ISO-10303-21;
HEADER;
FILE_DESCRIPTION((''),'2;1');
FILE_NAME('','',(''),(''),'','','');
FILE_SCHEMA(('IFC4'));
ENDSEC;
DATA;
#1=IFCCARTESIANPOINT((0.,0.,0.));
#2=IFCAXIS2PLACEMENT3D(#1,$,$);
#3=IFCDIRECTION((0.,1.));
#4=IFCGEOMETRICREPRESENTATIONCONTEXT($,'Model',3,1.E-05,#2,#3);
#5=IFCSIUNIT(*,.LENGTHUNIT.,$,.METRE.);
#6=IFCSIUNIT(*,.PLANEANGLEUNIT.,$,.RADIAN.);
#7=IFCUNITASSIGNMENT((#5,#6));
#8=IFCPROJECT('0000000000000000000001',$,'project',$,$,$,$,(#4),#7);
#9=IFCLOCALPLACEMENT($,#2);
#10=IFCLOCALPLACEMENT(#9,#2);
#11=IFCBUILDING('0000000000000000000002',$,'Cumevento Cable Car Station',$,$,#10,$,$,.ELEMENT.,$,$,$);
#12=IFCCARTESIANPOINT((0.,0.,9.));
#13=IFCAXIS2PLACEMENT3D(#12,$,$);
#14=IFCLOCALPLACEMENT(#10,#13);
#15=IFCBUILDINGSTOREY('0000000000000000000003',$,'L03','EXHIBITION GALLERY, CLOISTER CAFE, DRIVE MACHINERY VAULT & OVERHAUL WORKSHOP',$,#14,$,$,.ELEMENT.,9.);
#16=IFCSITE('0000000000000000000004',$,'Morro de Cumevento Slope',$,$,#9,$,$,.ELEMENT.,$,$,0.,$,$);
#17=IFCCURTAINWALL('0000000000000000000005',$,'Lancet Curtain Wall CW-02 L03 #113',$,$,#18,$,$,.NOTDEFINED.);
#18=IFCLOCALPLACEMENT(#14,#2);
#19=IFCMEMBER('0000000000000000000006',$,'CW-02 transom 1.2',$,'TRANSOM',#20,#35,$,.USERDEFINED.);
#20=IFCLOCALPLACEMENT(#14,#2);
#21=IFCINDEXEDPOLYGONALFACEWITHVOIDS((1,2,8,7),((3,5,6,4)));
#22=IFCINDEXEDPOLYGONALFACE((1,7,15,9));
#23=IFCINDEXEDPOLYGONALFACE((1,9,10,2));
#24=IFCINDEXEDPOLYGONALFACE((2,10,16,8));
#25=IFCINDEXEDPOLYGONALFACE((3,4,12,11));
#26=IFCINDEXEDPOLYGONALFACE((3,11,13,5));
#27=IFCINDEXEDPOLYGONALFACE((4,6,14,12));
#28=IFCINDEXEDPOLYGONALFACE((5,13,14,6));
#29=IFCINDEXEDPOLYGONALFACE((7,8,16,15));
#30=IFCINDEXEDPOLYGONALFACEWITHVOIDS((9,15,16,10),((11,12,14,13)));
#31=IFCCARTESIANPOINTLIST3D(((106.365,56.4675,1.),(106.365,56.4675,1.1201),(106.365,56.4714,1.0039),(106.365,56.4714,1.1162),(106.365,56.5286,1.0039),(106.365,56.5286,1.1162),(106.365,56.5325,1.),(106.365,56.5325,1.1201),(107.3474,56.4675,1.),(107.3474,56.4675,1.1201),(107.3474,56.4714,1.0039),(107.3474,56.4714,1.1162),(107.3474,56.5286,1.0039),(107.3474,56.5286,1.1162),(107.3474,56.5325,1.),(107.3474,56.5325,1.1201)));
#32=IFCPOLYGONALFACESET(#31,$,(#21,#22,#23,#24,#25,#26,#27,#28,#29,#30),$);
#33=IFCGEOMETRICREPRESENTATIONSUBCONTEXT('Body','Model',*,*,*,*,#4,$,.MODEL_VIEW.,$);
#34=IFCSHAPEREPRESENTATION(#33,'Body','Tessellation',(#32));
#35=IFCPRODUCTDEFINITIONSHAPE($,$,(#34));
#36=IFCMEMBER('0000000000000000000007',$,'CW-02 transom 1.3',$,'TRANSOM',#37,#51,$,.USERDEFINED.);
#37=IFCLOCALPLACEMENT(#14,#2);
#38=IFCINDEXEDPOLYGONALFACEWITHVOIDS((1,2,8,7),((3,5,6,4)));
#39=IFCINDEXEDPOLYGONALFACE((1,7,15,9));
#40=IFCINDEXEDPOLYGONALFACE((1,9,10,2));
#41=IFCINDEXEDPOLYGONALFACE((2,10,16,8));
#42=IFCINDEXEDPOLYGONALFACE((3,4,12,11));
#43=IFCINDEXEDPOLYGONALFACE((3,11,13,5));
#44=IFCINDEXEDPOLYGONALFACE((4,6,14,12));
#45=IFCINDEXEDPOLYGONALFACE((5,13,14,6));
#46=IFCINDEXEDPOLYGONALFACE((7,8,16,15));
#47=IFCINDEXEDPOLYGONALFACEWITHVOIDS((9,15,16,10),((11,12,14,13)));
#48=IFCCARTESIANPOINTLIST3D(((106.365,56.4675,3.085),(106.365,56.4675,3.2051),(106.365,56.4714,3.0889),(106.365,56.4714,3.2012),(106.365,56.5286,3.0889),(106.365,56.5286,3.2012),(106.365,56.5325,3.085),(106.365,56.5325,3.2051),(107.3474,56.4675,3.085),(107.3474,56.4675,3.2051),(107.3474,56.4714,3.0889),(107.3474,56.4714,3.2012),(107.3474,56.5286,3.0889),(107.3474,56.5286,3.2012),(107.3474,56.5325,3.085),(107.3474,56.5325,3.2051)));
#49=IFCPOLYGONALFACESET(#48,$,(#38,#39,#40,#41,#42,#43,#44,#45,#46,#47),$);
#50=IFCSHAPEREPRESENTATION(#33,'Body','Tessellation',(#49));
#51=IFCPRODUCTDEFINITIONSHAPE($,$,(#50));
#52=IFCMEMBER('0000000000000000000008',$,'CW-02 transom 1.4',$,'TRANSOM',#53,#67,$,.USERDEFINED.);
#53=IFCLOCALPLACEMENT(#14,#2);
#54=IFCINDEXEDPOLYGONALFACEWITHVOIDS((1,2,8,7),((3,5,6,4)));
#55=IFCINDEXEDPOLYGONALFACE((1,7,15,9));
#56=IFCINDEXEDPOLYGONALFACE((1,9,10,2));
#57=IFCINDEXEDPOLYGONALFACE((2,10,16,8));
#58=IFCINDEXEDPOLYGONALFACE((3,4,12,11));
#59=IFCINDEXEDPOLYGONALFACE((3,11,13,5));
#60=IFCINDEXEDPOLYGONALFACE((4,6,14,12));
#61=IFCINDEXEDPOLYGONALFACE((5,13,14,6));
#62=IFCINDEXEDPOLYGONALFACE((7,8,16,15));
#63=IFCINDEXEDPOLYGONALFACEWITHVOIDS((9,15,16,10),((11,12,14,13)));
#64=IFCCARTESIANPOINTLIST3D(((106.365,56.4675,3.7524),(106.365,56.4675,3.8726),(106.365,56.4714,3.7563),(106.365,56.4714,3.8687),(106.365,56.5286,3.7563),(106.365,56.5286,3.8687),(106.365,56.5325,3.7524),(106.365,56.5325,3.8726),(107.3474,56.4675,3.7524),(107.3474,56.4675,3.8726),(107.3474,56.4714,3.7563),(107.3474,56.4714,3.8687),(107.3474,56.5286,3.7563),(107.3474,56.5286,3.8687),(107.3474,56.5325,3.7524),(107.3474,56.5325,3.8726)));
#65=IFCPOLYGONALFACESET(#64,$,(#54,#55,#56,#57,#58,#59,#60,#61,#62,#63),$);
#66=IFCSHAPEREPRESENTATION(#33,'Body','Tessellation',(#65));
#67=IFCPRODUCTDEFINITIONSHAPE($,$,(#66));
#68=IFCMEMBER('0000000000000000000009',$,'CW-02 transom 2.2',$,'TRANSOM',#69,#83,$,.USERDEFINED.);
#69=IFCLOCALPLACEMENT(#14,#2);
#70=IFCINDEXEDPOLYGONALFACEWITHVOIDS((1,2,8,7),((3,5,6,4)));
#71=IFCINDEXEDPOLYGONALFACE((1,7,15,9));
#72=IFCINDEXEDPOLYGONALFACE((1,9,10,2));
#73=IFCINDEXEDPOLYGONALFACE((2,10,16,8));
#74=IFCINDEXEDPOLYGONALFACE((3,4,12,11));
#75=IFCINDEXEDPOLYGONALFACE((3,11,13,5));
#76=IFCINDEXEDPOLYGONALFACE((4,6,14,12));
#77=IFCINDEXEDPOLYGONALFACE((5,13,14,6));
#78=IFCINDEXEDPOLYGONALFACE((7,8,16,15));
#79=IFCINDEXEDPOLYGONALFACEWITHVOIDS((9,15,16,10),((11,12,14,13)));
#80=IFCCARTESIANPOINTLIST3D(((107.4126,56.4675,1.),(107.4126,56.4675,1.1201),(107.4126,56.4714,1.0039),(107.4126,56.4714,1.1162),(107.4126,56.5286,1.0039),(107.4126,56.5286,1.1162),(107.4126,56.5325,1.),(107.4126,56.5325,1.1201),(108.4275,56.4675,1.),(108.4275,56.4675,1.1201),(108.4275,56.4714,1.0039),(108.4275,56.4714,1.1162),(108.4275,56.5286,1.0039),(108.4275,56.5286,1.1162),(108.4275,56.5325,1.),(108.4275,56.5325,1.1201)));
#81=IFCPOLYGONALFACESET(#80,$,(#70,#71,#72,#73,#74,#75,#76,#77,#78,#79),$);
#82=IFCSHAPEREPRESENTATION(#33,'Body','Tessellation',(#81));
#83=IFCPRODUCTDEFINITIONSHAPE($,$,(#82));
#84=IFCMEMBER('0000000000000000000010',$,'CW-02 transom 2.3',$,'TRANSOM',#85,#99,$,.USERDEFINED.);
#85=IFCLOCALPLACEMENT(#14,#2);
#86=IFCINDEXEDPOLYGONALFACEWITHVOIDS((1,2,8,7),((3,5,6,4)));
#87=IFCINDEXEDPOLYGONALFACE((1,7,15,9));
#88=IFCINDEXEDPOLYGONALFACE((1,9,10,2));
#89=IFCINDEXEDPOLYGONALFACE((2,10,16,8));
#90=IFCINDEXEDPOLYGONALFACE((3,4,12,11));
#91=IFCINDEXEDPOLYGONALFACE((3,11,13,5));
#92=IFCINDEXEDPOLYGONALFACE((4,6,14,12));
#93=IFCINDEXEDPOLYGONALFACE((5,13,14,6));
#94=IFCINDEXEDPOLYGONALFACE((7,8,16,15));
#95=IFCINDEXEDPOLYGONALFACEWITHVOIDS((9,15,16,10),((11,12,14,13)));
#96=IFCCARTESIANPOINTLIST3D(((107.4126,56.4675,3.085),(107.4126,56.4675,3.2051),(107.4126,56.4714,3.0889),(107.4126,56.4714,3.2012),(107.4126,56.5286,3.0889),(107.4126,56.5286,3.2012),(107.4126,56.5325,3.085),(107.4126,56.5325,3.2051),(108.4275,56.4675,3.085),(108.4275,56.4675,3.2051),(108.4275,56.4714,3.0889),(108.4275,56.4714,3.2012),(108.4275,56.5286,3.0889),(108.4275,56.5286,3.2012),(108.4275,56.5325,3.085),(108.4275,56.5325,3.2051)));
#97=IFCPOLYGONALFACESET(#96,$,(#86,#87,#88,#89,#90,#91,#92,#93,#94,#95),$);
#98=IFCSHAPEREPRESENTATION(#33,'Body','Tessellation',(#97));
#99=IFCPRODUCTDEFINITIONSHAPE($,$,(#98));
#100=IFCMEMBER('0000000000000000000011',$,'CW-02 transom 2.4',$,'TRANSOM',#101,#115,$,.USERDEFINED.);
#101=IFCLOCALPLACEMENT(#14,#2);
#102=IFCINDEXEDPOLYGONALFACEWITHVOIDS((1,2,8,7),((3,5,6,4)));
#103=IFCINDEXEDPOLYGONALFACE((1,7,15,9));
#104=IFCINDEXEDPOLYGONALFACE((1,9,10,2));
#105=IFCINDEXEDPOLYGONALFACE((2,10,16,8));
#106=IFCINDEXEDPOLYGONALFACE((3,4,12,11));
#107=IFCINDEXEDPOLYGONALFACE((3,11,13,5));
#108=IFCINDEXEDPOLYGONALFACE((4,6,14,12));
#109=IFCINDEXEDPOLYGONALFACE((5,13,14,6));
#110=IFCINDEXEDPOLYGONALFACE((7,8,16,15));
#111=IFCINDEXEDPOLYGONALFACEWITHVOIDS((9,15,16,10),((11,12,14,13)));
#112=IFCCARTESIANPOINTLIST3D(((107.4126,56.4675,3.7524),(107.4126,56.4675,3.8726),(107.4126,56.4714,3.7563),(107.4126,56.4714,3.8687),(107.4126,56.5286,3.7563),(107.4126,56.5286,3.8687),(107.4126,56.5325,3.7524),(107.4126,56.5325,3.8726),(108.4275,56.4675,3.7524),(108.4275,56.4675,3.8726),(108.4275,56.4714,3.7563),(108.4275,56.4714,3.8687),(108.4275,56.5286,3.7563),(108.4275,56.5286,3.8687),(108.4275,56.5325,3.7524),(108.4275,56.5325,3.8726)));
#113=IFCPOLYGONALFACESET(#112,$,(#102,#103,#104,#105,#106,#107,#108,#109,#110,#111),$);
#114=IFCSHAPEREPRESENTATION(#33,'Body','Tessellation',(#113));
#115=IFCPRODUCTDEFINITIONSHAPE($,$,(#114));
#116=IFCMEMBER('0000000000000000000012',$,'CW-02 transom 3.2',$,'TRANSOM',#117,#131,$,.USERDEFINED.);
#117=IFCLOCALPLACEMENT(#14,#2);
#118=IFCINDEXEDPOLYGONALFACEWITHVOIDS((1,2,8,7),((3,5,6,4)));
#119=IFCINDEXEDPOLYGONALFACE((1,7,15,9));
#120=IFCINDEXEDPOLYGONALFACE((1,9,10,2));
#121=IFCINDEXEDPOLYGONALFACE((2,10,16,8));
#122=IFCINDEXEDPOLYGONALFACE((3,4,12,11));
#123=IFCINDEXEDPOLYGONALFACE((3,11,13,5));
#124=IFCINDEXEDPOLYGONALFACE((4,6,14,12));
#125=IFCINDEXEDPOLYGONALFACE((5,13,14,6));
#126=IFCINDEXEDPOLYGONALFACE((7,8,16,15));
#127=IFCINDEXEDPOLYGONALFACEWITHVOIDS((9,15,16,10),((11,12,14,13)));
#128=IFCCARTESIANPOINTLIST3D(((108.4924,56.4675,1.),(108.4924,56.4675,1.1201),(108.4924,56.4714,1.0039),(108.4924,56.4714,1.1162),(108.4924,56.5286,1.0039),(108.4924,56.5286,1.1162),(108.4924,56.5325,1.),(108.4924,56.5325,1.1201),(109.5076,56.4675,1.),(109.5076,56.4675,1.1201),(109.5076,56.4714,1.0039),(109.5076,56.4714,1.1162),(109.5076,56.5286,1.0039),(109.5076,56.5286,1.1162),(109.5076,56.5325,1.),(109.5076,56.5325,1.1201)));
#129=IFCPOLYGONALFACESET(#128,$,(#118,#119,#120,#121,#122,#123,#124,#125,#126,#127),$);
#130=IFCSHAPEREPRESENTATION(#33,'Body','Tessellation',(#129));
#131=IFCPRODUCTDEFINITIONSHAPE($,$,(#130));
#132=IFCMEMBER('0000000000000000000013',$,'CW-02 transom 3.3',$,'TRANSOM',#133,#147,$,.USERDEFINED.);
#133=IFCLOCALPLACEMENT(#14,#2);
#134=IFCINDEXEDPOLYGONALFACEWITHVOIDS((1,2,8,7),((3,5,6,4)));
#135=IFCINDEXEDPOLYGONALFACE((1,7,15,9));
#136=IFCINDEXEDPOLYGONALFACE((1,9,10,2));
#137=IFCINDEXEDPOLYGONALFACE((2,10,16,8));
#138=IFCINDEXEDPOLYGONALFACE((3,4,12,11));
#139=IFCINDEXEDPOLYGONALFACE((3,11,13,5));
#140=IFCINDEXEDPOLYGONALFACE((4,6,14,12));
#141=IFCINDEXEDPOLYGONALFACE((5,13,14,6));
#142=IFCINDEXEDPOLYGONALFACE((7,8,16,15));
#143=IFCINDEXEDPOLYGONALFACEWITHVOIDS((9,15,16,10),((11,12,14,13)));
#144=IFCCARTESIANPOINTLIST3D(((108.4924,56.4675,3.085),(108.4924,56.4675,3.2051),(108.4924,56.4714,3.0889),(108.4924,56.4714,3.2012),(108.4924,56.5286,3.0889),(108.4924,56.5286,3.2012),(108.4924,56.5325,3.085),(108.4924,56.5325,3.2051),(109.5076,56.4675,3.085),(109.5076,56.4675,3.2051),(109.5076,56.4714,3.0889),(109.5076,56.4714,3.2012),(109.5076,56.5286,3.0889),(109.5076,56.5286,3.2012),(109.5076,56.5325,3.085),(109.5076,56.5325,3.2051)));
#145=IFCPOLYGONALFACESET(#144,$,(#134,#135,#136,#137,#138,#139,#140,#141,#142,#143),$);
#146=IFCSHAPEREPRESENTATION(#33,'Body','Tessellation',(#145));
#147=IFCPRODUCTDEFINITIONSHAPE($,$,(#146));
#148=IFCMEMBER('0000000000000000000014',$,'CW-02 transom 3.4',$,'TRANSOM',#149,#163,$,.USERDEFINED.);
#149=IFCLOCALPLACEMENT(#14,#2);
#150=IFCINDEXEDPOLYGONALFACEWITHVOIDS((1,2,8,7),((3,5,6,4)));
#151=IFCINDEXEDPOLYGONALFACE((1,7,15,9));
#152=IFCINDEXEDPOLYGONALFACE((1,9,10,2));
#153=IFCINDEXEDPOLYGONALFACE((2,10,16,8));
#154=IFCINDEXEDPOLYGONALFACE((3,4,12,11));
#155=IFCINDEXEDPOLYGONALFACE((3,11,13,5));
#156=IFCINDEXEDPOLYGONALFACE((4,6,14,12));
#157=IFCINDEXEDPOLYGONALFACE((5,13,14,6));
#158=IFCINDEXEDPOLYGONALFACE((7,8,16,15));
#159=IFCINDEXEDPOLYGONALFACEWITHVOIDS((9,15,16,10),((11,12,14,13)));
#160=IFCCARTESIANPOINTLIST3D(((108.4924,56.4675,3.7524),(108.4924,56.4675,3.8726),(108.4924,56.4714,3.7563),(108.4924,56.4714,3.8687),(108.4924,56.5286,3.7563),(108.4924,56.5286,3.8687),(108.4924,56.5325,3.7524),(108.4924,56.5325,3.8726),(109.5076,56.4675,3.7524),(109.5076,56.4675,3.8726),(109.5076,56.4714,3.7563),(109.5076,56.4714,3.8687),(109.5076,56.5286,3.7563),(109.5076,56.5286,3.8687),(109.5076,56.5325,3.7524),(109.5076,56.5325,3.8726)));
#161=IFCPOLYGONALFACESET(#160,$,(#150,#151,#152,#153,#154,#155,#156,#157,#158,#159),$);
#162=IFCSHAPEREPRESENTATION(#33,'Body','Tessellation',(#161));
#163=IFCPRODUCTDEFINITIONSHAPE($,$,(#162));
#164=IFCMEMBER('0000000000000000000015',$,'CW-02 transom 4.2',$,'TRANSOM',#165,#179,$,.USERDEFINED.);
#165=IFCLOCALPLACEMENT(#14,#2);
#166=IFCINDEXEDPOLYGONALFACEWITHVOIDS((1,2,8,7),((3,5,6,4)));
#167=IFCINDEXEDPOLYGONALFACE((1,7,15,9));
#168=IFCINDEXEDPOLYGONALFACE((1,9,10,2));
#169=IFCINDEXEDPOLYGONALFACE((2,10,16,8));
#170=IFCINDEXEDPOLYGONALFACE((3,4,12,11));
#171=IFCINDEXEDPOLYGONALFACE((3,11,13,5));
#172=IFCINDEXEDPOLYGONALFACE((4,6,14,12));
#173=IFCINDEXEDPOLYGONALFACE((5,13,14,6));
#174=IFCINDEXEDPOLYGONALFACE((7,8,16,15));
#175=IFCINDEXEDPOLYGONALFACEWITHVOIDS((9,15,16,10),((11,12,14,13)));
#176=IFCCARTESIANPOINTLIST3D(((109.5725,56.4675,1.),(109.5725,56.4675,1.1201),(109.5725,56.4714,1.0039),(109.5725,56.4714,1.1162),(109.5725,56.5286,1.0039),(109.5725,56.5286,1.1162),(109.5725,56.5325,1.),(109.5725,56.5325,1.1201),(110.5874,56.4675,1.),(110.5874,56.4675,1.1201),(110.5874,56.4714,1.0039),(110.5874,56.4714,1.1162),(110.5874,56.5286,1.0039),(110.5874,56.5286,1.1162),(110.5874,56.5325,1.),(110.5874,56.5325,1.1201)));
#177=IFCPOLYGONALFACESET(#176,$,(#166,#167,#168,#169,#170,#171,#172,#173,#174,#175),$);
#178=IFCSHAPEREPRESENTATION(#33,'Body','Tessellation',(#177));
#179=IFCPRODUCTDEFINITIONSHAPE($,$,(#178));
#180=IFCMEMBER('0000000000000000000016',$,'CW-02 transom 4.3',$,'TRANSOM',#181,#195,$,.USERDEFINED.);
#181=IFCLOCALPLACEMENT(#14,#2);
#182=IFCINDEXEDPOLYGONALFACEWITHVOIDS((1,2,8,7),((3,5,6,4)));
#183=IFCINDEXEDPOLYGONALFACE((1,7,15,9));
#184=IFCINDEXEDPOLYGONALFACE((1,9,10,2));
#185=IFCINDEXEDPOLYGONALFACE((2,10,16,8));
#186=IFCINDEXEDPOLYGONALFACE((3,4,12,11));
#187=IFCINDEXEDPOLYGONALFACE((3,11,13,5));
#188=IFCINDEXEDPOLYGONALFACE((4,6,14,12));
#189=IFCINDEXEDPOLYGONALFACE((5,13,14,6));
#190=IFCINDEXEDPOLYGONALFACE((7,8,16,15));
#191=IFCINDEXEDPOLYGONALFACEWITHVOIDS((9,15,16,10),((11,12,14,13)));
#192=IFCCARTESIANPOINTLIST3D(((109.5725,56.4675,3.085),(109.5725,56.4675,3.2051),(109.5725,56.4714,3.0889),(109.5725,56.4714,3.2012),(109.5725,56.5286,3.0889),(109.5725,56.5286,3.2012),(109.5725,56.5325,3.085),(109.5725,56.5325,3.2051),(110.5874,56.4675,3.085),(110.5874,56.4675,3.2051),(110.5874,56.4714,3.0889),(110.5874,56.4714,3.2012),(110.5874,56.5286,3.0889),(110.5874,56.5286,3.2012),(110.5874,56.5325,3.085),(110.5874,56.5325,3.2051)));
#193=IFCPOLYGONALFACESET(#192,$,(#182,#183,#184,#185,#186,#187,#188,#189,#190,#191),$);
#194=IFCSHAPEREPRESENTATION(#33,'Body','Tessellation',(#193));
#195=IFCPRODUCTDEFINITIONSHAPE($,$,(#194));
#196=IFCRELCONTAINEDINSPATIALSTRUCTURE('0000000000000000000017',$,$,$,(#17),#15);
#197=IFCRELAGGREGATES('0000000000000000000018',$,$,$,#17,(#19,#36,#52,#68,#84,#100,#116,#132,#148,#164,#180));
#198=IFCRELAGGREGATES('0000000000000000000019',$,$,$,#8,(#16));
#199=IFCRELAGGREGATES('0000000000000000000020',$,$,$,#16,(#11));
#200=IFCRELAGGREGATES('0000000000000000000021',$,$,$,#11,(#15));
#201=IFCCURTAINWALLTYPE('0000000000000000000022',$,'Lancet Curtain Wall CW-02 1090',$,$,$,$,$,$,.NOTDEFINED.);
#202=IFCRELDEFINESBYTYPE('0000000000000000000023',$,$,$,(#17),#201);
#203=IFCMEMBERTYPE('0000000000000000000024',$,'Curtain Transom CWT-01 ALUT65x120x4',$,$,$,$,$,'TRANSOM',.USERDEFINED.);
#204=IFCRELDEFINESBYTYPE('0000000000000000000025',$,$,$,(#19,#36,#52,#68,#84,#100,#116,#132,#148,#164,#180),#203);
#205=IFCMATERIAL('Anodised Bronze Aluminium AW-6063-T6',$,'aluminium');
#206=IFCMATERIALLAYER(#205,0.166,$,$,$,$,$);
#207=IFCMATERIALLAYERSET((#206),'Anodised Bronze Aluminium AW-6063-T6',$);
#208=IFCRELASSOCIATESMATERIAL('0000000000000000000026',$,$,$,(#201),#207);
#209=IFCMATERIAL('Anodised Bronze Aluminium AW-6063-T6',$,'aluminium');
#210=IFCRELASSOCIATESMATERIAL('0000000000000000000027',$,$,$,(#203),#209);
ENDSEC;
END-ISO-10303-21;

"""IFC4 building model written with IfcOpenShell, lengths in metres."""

from ifc_helpers import new_model, si_unit, direction, frame, origin, origin_2d, place, context, subcontext, project, spatial, hollow_rectangle, extrude, material, layer, layer_set, material_profile, profile_set, type_object, element, aggregate, save


model = new_model("IFC4")

# Units and contexts
model_context = context("Model", 3, precision=1e-05, world=origin(), true_north=direction((0.0, 1.0)))
body_context = subcontext(model_context, "Body", "Model", "MODEL_VIEW")
ifc_project = project(units=[si_unit("LENGTHUNIT", "METRE"), si_unit("PLANEANGLEUNIT", "RADIAN")], contexts=[model_context])

# Site, building, storey
site_placement = place(None, origin())
site = spatial("IfcSite", under=ifc_project, at=site_placement, Name="Morro de Cumevento Slope", CompositionType="ELEMENT", RefElevation=0.0)
building_placement = place(site_placement, origin())
building = spatial("IfcBuilding", under=site, at=building_placement, Name="Cumevento Cable Car Station", CompositionType="ELEMENT")
storey_placement = place(building_placement, frame((0.0, 0.0, 9.0)))
storey = spatial("IfcBuildingStorey", under=building, at=storey_placement, Name="L03", Description="EXHIBITION GALLERY, CLOISTER CAFE, DRIVE MACHINERY VAULT & OVERHAUL WORKSHOP", CompositionType="ELEMENT", Elevation=9.0)

# Curtain wall, members
ifc_material_1 = material(Name="Anodised Bronze Aluminium AW-6063-T6", Category="aluminium")
ifc_layer_1 = layer(ifc_material_1, 0.166)
ifc_layer_set_1 = layer_set([ifc_layer_1], Name="Anodised Bronze Aluminium AW-6063-T6")
curtain_wall_type_1 = type_object("IfcCurtainWallType", Name="Lancet Curtain Wall CW-02 1090", PredefinedType="NOTDEFINED", material=ifc_layer_set_1)
curtain_wall_1_placement = place(storey_placement, origin())
curtain_wall_1 = element("IfcCurtainWall", 1, at=curtain_wall_1_placement, inside=storey, type_object=curtain_wall_type_1, Name="Lancet Curtain Wall CW-02 L03 #113", PredefinedType="NOTDEFINED")
ifc_material_2 = material(Name="Anodised Bronze Aluminium AW-6063-T6", Category="aluminium")
ifc_material_profile_1 = material_profile(ifc_material_2, hollow_rectangle(XDim=0.0649, YDim=0.1201, WallThickness=0.0039, at=origin_2d()), Name="ALUT65x120x4")
ifc_profile_set_1 = profile_set([ifc_material_profile_1], Name="Anodised Bronze Aluminium AW-6063-T6")
member_type = type_object("IfcMemberType", Name="Curtain Transom CWT-01 ALUT65x120x4", ElementType="TRANSOM", PredefinedType="USERDEFINED", material=ifc_profile_set_1)
member_1_placement = place(storey_placement, frame((106.365, 56.5, 1.0601), z_axis=(1.0, 0.0, 0.0), x_axis=(0.0, 1.0, 0.0)))
member_1 = element("IfcMember", 2, at=member_1_placement, type_object=member_type, Name="CW-02 transom 1.2", ObjectType="TRANSOM", PredefinedType="USERDEFINED", context=body_context, shape_type="SweptSolid", body=[
    extrude(hollow_rectangle(XDim=0.0649, YDim=0.1201, WallThickness=0.0039, at=origin_2d()), origin(), (0.0, 0.0, 1.0), 0.9824),
])
member_2_placement = place(storey_placement, frame((106.365, 56.5, 3.145), z_axis=(1.0, 0.0, 0.0), x_axis=(0.0, 1.0, 0.0)))
member_2 = element("IfcMember", 3, at=member_2_placement, type_object=member_type, Name="CW-02 transom 1.3", ObjectType="TRANSOM", PredefinedType="USERDEFINED", context=body_context, shape_type="SweptSolid", body=[
    extrude(hollow_rectangle(XDim=0.0649, YDim=0.1201, WallThickness=0.0039, at=origin_2d()), origin(), (0.0, 0.0, 1.0), 0.9824),
])
member_3_placement = place(storey_placement, frame((106.365, 56.5, 3.8125), z_axis=(1.0, 0.0, 0.0), x_axis=(0.0, 1.0, 0.0)))
member_3 = element("IfcMember", 4, at=member_3_placement, type_object=member_type, Name="CW-02 transom 1.4", ObjectType="TRANSOM", PredefinedType="USERDEFINED", context=body_context, shape_type="SweptSolid", body=[
    extrude(hollow_rectangle(XDim=0.0649, YDim=0.1201, WallThickness=0.0039, at=origin_2d()), origin(), (0.0, 0.0, 1.0), 0.9824),
])
member_4_placement = place(storey_placement, frame((107.4126, 56.5, 1.0601), z_axis=(1.0, 0.0, 0.0), x_axis=(0.0, 1.0, 0.0)))
member_4 = element("IfcMember", 5, at=member_4_placement, type_object=member_type, Name="CW-02 transom 2.2", ObjectType="TRANSOM", PredefinedType="USERDEFINED", context=body_context, shape_type="SweptSolid", body=[
    extrude(hollow_rectangle(XDim=0.0649, YDim=0.1201, WallThickness=0.0039, at=origin_2d()), origin(), (0.0, 0.0, 1.0), 1.0149),
])
member_5_placement = place(storey_placement, frame((107.4126, 56.5, 3.145), z_axis=(1.0, 0.0, 0.0), x_axis=(0.0, 1.0, 0.0)))
member_5 = element("IfcMember", 6, at=member_5_placement, type_object=member_type, Name="CW-02 transom 2.3", ObjectType="TRANSOM", PredefinedType="USERDEFINED", context=body_context, shape_type="SweptSolid", body=[
    extrude(hollow_rectangle(XDim=0.0649, YDim=0.1201, WallThickness=0.0039, at=origin_2d()), origin(), (0.0, 0.0, 1.0), 1.0149),
])
member_6_placement = place(storey_placement, frame((107.4126, 56.5, 3.8125), z_axis=(1.0, 0.0, 0.0), x_axis=(0.0, 1.0, 0.0)))
member_6 = element("IfcMember", 7, at=member_6_placement, type_object=member_type, Name="CW-02 transom 2.4", ObjectType="TRANSOM", PredefinedType="USERDEFINED", context=body_context, shape_type="SweptSolid", body=[
    extrude(hollow_rectangle(XDim=0.0649, YDim=0.1201, WallThickness=0.0039, at=origin_2d()), origin(), (0.0, 0.0, 1.0), 1.0149),
])
member_7_placement = place(storey_placement, frame((108.4924, 56.5, 1.0601), z_axis=(1.0, 0.0, 0.0), x_axis=(0.0, 1.0, 0.0)))
member_7 = element("IfcMember", 8, at=member_7_placement, type_object=member_type, Name="CW-02 transom 3.2", ObjectType="TRANSOM", PredefinedType="USERDEFINED", context=body_context, shape_type="SweptSolid", body=[
    extrude(hollow_rectangle(XDim=0.0649, YDim=0.1201, WallThickness=0.0039, at=origin_2d()), origin(), (0.0, 0.0, 1.0), 1.0151),
])
member_8_placement = place(storey_placement, frame((108.4924, 56.5, 3.145), z_axis=(1.0, 0.0, 0.0), x_axis=(0.0, 1.0, 0.0)))
member_8 = element("IfcMember", 9, at=member_8_placement, type_object=member_type, Name="CW-02 transom 3.3", ObjectType="TRANSOM", PredefinedType="USERDEFINED", context=body_context, shape_type="SweptSolid", body=[
    extrude(hollow_rectangle(XDim=0.0649, YDim=0.1201, WallThickness=0.0039, at=origin_2d()), origin(), (0.0, 0.0, 1.0), 1.0151),
])
member_9_placement = place(storey_placement, frame((108.4924, 56.5, 3.8125), z_axis=(1.0, 0.0, 0.0), x_axis=(0.0, 1.0, 0.0)))
member_9 = element("IfcMember", 10, at=member_9_placement, type_object=member_type, Name="CW-02 transom 3.4", ObjectType="TRANSOM", PredefinedType="USERDEFINED", context=body_context, shape_type="SweptSolid", body=[
    extrude(hollow_rectangle(XDim=0.0649, YDim=0.1201, WallThickness=0.0039, at=origin_2d()), origin(), (0.0, 0.0, 1.0), 1.0151),
])
member_10_placement = place(storey_placement, frame((109.5725, 56.5, 1.0601), z_axis=(1.0, 0.0, 0.0), x_axis=(0.0, 1.0, 0.0)))
member_10 = element("IfcMember", 11, at=member_10_placement, type_object=member_type, Name="CW-02 transom 4.2", ObjectType="TRANSOM", PredefinedType="USERDEFINED", context=body_context, shape_type="SweptSolid", body=[
    extrude(hollow_rectangle(XDim=0.0649, YDim=0.1201, WallThickness=0.0039, at=origin_2d()), origin(), (0.0, 0.0, 1.0), 1.0149),
])
member_11_placement = place(storey_placement, frame((109.5725, 56.5, 3.145), z_axis=(1.0, 0.0, 0.0), x_axis=(0.0, 1.0, 0.0)))
member_11 = element("IfcMember", 12, at=member_11_placement, type_object=member_type, Name="CW-02 transom 4.3", ObjectType="TRANSOM", PredefinedType="USERDEFINED", context=body_context, shape_type="SweptSolid", body=[
    extrude(hollow_rectangle(XDim=0.0649, YDim=0.1201, WallThickness=0.0039, at=origin_2d()), origin(), (0.0, 0.0, 1.0), 1.0149),
])

aggregate(curtain_wall_1, [member_1, member_2, member_3, member_4, member_5, member_6, member_7, member_8, member_9, member_10, member_11])

save(model, "model.ifc")
